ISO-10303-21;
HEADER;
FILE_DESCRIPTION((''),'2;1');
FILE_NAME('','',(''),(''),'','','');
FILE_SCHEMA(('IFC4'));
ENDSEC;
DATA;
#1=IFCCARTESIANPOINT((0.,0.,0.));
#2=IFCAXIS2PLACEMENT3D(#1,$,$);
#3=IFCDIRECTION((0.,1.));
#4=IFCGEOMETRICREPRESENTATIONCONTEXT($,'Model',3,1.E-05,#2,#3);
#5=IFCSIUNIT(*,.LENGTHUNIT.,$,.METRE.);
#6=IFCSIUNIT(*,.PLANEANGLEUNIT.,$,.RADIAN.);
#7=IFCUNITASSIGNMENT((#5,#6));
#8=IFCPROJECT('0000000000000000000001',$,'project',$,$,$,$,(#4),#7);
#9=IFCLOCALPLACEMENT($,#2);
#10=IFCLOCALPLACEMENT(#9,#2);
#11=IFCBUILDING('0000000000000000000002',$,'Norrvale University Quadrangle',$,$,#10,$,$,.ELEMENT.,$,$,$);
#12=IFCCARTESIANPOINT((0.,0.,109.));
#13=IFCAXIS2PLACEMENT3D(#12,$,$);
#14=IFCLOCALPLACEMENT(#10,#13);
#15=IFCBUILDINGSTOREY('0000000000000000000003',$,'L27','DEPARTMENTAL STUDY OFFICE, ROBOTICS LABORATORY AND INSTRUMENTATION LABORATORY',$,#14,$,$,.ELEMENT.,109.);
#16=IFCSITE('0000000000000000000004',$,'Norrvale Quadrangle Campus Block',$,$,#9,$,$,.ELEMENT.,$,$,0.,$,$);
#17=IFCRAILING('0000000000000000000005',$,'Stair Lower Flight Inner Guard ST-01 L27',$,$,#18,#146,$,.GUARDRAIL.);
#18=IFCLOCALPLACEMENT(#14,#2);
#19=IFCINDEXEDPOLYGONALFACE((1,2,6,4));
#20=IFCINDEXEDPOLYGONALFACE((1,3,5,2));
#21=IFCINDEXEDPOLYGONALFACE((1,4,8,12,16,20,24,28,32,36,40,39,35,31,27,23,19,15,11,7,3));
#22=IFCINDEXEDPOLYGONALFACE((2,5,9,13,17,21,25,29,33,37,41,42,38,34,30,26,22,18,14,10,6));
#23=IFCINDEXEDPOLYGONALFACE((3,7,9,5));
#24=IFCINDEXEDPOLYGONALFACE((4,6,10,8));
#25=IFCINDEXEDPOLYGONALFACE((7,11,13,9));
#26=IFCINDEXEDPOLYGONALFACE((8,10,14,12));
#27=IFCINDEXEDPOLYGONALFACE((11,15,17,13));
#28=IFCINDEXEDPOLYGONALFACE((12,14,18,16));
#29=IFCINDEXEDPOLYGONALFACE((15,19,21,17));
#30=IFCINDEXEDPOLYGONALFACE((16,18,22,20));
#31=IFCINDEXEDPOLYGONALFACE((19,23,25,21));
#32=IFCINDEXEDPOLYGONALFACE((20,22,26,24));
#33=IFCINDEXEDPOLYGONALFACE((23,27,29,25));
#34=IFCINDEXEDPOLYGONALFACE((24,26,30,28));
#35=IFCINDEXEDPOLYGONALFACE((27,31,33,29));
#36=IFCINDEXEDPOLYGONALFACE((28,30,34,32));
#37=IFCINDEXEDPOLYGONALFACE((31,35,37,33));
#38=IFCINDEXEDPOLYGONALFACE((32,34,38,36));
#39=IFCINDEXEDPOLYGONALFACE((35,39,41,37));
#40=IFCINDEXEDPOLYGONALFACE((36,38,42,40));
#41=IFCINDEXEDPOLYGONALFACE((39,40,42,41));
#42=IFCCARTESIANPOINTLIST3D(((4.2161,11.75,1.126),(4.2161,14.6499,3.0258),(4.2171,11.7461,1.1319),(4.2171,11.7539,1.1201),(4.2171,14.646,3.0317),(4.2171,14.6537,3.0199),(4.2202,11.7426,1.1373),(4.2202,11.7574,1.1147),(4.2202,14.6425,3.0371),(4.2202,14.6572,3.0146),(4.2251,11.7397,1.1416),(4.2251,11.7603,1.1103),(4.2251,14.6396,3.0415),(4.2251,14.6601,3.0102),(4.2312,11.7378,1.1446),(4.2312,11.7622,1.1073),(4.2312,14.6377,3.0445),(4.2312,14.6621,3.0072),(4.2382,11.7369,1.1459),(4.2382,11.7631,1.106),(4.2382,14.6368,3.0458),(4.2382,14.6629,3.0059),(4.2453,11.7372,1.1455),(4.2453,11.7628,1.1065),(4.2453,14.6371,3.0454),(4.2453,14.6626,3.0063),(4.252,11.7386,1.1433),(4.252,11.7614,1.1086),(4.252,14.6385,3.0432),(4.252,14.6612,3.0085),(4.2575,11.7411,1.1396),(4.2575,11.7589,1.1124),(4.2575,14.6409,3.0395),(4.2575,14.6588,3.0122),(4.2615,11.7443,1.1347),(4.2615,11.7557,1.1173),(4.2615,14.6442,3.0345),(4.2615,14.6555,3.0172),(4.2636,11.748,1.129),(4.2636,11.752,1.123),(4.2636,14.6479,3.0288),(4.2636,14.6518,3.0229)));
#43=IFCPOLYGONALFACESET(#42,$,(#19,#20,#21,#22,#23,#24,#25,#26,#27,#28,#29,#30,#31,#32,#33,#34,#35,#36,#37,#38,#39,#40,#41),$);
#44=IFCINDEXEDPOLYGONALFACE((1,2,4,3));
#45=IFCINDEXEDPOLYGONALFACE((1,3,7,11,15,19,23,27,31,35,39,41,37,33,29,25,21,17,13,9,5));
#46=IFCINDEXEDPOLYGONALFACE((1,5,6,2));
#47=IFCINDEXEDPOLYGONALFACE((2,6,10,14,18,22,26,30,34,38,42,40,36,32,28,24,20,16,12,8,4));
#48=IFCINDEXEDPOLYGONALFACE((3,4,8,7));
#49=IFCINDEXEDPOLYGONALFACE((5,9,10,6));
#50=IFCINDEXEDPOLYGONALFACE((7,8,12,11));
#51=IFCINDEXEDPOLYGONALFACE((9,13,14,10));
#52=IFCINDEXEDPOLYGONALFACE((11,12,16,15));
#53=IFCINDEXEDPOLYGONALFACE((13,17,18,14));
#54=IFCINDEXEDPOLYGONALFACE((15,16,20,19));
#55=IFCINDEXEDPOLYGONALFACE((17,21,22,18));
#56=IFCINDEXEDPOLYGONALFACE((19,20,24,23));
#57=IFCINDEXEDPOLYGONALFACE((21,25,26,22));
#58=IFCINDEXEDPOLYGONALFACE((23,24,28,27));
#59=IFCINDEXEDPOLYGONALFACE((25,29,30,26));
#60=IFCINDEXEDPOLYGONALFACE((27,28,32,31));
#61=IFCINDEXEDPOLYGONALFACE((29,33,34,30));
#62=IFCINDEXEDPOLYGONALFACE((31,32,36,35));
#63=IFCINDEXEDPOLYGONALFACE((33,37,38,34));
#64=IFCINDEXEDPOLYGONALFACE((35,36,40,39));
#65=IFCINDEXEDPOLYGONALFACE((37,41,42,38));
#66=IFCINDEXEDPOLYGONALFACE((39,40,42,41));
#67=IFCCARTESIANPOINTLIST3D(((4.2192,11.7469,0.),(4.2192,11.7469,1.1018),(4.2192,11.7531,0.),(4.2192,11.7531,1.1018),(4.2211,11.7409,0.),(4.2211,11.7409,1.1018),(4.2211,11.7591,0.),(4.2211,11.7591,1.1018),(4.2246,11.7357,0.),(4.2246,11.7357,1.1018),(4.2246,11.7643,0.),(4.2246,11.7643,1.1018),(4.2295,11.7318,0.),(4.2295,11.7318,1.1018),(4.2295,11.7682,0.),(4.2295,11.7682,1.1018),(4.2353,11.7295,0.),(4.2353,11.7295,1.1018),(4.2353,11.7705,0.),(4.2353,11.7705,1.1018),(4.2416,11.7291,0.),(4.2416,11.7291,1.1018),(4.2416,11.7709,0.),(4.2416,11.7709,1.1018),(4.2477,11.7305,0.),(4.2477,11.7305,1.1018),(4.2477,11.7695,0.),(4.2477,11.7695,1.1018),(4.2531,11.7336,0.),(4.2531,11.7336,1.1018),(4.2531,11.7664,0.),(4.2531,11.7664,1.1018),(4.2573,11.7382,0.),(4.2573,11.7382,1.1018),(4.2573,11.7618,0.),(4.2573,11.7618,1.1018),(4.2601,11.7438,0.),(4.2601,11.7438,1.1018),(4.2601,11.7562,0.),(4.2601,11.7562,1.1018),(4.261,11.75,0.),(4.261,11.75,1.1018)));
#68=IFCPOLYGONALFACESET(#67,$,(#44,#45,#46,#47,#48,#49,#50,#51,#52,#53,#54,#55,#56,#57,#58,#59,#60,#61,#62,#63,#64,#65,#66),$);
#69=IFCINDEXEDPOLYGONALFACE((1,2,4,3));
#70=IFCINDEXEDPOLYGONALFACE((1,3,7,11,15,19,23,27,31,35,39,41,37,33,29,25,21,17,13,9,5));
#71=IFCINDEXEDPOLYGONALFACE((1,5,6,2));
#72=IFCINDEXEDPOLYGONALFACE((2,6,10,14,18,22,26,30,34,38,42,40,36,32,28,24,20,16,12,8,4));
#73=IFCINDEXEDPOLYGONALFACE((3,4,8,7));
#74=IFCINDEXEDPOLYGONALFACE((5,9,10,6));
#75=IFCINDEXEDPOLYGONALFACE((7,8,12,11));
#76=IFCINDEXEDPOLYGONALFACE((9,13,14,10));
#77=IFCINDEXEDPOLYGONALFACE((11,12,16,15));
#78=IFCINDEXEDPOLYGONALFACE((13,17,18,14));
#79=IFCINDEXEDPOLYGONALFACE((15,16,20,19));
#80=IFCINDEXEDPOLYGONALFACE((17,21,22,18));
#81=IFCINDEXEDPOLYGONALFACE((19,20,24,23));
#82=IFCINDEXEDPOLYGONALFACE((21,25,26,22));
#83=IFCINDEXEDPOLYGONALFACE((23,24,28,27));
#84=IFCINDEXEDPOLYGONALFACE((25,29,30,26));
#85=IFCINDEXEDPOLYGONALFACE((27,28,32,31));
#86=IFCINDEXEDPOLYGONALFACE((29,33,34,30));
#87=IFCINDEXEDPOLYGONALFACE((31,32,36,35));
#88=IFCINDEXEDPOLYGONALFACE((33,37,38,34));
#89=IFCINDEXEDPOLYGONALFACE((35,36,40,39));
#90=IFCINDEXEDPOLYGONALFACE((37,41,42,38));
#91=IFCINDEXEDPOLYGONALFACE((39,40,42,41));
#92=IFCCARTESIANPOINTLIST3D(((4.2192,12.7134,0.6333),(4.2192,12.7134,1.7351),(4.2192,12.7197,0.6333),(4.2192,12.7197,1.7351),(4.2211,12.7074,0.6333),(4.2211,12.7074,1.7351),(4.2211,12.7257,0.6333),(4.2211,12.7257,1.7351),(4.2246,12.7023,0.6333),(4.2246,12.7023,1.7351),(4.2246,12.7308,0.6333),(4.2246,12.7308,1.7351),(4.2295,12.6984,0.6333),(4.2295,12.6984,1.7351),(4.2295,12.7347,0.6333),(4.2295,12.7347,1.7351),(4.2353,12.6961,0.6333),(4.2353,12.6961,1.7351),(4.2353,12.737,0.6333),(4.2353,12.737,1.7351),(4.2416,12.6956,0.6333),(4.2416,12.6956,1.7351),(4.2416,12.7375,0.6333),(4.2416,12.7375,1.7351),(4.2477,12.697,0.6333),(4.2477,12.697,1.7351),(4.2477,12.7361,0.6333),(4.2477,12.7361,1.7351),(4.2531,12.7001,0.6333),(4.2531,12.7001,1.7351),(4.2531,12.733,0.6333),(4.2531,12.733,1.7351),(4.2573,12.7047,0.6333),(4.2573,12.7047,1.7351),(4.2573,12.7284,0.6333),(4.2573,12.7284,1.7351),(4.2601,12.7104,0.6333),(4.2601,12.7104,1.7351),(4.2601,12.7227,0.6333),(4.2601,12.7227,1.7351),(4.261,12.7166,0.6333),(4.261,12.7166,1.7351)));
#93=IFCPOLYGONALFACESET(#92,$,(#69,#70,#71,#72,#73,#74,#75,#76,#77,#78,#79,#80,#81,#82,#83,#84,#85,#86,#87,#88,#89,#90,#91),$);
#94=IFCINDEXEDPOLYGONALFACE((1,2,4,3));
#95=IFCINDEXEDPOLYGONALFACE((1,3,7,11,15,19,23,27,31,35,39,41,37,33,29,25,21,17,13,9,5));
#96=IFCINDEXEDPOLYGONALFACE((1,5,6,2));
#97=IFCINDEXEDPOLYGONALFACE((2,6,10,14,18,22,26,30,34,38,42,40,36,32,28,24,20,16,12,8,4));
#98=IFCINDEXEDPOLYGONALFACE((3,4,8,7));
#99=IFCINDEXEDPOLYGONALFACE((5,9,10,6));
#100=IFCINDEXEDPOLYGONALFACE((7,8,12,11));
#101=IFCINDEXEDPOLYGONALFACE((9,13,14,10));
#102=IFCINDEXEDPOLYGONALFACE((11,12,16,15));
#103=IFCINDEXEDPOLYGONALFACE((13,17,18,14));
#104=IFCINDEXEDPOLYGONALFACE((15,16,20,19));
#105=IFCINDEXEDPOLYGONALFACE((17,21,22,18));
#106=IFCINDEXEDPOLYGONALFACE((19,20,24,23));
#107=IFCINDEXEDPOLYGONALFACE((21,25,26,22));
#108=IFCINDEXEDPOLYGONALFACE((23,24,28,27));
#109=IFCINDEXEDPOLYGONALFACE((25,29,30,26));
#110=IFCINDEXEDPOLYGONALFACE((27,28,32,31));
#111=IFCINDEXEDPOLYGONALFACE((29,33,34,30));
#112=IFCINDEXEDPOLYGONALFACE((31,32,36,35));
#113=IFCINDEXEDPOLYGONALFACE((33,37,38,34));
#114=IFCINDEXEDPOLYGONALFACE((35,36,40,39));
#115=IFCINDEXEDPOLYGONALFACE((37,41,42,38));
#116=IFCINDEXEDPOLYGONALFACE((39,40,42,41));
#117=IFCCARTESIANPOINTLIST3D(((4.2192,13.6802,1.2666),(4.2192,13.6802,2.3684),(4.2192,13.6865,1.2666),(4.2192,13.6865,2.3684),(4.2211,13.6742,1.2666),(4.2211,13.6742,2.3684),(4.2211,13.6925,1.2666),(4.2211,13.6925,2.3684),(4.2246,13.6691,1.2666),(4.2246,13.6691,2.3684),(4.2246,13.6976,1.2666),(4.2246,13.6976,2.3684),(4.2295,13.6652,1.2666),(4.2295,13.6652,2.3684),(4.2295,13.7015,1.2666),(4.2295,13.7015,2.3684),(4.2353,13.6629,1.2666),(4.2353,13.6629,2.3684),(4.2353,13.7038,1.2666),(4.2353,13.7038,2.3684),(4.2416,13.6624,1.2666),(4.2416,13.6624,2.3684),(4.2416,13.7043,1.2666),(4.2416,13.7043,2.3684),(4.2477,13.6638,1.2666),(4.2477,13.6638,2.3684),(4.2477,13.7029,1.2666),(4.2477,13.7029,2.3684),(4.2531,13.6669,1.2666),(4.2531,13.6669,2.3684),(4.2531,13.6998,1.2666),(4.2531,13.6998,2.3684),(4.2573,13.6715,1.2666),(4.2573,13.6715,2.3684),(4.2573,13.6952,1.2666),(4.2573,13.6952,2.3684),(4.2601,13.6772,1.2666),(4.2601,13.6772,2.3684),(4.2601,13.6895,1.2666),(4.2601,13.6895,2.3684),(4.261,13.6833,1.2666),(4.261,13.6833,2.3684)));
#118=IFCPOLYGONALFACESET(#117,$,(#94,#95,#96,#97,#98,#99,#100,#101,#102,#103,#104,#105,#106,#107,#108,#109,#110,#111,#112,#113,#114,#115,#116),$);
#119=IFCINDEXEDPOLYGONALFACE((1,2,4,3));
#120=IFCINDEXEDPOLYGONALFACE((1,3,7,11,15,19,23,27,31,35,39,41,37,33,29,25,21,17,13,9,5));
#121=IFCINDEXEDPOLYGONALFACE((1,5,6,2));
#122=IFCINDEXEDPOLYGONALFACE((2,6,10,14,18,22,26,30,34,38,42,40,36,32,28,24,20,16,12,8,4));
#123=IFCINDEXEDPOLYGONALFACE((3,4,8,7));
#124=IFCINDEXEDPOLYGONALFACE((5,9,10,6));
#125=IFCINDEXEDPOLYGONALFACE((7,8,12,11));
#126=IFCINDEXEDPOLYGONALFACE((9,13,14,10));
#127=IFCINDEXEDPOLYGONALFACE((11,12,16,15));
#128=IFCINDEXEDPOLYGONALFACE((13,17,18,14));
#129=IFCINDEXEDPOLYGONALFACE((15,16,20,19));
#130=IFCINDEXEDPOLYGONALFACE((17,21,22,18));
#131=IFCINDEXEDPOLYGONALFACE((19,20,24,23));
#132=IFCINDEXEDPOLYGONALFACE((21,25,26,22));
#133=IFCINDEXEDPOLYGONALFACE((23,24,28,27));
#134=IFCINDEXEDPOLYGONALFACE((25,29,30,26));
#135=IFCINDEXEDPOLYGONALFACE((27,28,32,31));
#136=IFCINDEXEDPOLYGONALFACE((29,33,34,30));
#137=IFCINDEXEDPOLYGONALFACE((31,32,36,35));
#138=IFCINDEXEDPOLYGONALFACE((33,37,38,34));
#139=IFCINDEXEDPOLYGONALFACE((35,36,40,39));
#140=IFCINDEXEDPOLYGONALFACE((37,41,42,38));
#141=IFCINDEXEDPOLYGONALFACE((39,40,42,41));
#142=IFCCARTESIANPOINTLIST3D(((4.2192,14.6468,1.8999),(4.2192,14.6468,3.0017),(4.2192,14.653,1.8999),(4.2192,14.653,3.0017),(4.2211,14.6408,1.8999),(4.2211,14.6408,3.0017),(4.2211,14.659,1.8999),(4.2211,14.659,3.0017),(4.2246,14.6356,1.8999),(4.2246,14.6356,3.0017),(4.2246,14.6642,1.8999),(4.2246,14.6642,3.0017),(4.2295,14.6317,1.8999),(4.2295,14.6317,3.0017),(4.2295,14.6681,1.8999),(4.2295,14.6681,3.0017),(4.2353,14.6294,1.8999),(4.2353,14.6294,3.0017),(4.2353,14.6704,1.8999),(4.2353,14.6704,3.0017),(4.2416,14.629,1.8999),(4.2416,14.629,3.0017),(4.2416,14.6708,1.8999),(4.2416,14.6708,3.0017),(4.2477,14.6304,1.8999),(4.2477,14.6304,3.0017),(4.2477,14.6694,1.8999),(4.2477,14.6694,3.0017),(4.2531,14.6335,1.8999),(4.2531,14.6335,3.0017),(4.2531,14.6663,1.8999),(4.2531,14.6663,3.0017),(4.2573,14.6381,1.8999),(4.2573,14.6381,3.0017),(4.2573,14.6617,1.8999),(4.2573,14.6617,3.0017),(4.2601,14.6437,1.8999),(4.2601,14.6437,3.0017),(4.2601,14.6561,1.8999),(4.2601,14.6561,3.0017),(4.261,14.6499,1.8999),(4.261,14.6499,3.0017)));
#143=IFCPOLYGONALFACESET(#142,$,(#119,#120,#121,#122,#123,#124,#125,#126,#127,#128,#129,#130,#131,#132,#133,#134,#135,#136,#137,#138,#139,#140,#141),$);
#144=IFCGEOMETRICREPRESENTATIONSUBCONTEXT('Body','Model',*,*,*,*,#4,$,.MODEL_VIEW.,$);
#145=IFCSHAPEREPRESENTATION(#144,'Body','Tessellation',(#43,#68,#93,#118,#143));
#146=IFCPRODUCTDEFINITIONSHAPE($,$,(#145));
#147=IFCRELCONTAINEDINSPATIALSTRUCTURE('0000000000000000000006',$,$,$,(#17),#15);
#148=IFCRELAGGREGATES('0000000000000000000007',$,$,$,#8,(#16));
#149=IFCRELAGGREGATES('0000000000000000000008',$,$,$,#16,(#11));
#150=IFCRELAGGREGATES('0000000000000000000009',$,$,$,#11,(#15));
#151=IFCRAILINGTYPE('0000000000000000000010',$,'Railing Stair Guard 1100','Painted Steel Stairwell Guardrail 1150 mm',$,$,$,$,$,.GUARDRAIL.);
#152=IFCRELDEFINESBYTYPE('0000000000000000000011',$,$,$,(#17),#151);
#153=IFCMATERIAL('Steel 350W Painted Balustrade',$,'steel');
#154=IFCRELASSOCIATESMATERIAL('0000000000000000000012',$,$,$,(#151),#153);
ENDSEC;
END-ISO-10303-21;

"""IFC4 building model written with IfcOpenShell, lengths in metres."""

from ifc_helpers import new_model, si_unit, direction, frame, origin, origin_2d, place, context, subcontext, project, spatial, circle, extrude, material, type_object, element, save


model = new_model("IFC4")

# Units and contexts
model_context = context("Model", 3, precision=1e-05, world=origin(), true_north=direction((0.0, 1.0)))
body_context = subcontext(model_context, "Body", "Model", "MODEL_VIEW")
ifc_project = project(units=[si_unit("LENGTHUNIT", "METRE"), si_unit("PLANEANGLEUNIT", "RADIAN")], contexts=[model_context])

# Site, building, storey
site_placement = place(None, origin())
site = spatial("IfcSite", under=ifc_project, at=site_placement, Name="Norrvale Quadrangle Campus Block", CompositionType="ELEMENT", RefElevation=0.0)
building_placement = place(site_placement, origin())
building = spatial("IfcBuilding", under=site, at=building_placement, Name="Norrvale University Quadrangle", CompositionType="ELEMENT")
storey_placement = place(building_placement, frame((0.0, 0.0, 109.0)))
storey = spatial("IfcBuildingStorey", under=building, at=storey_placement, Name="L27", Description="DEPARTMENTAL STUDY OFFICE, ROBOTICS LABORATORY AND INSTRUMENTATION LABORATORY", CompositionType="ELEMENT", Elevation=109.0)

# Railing
ifc_material_1 = material(Name="Steel 350W Painted Balustrade", Category="steel")
railing_type_1 = type_object("IfcRailingType", Name="Railing Stair Guard 1100", Description="Painted Steel Stairwell Guardrail 1150 mm", PredefinedType="GUARDRAIL", material=ifc_material_1)
railing_1_placement = place(storey_placement, frame((4.24, 11.75, 0.0)))
element("IfcRailing", 1, at=railing_1_placement, inside=storey, type_object=railing_type_1, Name="Stair Lower Flight Inner Guard ST-01 L27", PredefinedType="GUARDRAIL", context=body_context, shape_type="SweptSolid", body=[
    extrude(circle(Radius=0.0239, at=origin_2d()), frame((0.0, 0.0, 1.126), z_axis=(0.0, 0.836466, 0.548019), x_axis=(-1.0, 0.0, 0.0)), (0.0, 0.0, 1.0), 3.4668),
    extrude(circle(Radius=0.021, at=origin_2d()), origin(), (0.0, 0.0, 1.0), 1.1018),
    extrude(circle(Radius=0.021, at=origin_2d()), frame((0.0, 0.9666, 0.6333)), (0.0, 0.0, 1.0), 1.1018),
    extrude(circle(Radius=0.021, at=origin_2d()), frame((0.0, 1.9333, 1.2666)), (0.0, 0.0, 1.0), 1.1018),
    extrude(circle(Radius=0.021, at=origin_2d()), frame((0.0, 2.8999, 1.8999)), (0.0, 0.0, 1.0), 1.1018),
])

save(model, "model.ifc")
